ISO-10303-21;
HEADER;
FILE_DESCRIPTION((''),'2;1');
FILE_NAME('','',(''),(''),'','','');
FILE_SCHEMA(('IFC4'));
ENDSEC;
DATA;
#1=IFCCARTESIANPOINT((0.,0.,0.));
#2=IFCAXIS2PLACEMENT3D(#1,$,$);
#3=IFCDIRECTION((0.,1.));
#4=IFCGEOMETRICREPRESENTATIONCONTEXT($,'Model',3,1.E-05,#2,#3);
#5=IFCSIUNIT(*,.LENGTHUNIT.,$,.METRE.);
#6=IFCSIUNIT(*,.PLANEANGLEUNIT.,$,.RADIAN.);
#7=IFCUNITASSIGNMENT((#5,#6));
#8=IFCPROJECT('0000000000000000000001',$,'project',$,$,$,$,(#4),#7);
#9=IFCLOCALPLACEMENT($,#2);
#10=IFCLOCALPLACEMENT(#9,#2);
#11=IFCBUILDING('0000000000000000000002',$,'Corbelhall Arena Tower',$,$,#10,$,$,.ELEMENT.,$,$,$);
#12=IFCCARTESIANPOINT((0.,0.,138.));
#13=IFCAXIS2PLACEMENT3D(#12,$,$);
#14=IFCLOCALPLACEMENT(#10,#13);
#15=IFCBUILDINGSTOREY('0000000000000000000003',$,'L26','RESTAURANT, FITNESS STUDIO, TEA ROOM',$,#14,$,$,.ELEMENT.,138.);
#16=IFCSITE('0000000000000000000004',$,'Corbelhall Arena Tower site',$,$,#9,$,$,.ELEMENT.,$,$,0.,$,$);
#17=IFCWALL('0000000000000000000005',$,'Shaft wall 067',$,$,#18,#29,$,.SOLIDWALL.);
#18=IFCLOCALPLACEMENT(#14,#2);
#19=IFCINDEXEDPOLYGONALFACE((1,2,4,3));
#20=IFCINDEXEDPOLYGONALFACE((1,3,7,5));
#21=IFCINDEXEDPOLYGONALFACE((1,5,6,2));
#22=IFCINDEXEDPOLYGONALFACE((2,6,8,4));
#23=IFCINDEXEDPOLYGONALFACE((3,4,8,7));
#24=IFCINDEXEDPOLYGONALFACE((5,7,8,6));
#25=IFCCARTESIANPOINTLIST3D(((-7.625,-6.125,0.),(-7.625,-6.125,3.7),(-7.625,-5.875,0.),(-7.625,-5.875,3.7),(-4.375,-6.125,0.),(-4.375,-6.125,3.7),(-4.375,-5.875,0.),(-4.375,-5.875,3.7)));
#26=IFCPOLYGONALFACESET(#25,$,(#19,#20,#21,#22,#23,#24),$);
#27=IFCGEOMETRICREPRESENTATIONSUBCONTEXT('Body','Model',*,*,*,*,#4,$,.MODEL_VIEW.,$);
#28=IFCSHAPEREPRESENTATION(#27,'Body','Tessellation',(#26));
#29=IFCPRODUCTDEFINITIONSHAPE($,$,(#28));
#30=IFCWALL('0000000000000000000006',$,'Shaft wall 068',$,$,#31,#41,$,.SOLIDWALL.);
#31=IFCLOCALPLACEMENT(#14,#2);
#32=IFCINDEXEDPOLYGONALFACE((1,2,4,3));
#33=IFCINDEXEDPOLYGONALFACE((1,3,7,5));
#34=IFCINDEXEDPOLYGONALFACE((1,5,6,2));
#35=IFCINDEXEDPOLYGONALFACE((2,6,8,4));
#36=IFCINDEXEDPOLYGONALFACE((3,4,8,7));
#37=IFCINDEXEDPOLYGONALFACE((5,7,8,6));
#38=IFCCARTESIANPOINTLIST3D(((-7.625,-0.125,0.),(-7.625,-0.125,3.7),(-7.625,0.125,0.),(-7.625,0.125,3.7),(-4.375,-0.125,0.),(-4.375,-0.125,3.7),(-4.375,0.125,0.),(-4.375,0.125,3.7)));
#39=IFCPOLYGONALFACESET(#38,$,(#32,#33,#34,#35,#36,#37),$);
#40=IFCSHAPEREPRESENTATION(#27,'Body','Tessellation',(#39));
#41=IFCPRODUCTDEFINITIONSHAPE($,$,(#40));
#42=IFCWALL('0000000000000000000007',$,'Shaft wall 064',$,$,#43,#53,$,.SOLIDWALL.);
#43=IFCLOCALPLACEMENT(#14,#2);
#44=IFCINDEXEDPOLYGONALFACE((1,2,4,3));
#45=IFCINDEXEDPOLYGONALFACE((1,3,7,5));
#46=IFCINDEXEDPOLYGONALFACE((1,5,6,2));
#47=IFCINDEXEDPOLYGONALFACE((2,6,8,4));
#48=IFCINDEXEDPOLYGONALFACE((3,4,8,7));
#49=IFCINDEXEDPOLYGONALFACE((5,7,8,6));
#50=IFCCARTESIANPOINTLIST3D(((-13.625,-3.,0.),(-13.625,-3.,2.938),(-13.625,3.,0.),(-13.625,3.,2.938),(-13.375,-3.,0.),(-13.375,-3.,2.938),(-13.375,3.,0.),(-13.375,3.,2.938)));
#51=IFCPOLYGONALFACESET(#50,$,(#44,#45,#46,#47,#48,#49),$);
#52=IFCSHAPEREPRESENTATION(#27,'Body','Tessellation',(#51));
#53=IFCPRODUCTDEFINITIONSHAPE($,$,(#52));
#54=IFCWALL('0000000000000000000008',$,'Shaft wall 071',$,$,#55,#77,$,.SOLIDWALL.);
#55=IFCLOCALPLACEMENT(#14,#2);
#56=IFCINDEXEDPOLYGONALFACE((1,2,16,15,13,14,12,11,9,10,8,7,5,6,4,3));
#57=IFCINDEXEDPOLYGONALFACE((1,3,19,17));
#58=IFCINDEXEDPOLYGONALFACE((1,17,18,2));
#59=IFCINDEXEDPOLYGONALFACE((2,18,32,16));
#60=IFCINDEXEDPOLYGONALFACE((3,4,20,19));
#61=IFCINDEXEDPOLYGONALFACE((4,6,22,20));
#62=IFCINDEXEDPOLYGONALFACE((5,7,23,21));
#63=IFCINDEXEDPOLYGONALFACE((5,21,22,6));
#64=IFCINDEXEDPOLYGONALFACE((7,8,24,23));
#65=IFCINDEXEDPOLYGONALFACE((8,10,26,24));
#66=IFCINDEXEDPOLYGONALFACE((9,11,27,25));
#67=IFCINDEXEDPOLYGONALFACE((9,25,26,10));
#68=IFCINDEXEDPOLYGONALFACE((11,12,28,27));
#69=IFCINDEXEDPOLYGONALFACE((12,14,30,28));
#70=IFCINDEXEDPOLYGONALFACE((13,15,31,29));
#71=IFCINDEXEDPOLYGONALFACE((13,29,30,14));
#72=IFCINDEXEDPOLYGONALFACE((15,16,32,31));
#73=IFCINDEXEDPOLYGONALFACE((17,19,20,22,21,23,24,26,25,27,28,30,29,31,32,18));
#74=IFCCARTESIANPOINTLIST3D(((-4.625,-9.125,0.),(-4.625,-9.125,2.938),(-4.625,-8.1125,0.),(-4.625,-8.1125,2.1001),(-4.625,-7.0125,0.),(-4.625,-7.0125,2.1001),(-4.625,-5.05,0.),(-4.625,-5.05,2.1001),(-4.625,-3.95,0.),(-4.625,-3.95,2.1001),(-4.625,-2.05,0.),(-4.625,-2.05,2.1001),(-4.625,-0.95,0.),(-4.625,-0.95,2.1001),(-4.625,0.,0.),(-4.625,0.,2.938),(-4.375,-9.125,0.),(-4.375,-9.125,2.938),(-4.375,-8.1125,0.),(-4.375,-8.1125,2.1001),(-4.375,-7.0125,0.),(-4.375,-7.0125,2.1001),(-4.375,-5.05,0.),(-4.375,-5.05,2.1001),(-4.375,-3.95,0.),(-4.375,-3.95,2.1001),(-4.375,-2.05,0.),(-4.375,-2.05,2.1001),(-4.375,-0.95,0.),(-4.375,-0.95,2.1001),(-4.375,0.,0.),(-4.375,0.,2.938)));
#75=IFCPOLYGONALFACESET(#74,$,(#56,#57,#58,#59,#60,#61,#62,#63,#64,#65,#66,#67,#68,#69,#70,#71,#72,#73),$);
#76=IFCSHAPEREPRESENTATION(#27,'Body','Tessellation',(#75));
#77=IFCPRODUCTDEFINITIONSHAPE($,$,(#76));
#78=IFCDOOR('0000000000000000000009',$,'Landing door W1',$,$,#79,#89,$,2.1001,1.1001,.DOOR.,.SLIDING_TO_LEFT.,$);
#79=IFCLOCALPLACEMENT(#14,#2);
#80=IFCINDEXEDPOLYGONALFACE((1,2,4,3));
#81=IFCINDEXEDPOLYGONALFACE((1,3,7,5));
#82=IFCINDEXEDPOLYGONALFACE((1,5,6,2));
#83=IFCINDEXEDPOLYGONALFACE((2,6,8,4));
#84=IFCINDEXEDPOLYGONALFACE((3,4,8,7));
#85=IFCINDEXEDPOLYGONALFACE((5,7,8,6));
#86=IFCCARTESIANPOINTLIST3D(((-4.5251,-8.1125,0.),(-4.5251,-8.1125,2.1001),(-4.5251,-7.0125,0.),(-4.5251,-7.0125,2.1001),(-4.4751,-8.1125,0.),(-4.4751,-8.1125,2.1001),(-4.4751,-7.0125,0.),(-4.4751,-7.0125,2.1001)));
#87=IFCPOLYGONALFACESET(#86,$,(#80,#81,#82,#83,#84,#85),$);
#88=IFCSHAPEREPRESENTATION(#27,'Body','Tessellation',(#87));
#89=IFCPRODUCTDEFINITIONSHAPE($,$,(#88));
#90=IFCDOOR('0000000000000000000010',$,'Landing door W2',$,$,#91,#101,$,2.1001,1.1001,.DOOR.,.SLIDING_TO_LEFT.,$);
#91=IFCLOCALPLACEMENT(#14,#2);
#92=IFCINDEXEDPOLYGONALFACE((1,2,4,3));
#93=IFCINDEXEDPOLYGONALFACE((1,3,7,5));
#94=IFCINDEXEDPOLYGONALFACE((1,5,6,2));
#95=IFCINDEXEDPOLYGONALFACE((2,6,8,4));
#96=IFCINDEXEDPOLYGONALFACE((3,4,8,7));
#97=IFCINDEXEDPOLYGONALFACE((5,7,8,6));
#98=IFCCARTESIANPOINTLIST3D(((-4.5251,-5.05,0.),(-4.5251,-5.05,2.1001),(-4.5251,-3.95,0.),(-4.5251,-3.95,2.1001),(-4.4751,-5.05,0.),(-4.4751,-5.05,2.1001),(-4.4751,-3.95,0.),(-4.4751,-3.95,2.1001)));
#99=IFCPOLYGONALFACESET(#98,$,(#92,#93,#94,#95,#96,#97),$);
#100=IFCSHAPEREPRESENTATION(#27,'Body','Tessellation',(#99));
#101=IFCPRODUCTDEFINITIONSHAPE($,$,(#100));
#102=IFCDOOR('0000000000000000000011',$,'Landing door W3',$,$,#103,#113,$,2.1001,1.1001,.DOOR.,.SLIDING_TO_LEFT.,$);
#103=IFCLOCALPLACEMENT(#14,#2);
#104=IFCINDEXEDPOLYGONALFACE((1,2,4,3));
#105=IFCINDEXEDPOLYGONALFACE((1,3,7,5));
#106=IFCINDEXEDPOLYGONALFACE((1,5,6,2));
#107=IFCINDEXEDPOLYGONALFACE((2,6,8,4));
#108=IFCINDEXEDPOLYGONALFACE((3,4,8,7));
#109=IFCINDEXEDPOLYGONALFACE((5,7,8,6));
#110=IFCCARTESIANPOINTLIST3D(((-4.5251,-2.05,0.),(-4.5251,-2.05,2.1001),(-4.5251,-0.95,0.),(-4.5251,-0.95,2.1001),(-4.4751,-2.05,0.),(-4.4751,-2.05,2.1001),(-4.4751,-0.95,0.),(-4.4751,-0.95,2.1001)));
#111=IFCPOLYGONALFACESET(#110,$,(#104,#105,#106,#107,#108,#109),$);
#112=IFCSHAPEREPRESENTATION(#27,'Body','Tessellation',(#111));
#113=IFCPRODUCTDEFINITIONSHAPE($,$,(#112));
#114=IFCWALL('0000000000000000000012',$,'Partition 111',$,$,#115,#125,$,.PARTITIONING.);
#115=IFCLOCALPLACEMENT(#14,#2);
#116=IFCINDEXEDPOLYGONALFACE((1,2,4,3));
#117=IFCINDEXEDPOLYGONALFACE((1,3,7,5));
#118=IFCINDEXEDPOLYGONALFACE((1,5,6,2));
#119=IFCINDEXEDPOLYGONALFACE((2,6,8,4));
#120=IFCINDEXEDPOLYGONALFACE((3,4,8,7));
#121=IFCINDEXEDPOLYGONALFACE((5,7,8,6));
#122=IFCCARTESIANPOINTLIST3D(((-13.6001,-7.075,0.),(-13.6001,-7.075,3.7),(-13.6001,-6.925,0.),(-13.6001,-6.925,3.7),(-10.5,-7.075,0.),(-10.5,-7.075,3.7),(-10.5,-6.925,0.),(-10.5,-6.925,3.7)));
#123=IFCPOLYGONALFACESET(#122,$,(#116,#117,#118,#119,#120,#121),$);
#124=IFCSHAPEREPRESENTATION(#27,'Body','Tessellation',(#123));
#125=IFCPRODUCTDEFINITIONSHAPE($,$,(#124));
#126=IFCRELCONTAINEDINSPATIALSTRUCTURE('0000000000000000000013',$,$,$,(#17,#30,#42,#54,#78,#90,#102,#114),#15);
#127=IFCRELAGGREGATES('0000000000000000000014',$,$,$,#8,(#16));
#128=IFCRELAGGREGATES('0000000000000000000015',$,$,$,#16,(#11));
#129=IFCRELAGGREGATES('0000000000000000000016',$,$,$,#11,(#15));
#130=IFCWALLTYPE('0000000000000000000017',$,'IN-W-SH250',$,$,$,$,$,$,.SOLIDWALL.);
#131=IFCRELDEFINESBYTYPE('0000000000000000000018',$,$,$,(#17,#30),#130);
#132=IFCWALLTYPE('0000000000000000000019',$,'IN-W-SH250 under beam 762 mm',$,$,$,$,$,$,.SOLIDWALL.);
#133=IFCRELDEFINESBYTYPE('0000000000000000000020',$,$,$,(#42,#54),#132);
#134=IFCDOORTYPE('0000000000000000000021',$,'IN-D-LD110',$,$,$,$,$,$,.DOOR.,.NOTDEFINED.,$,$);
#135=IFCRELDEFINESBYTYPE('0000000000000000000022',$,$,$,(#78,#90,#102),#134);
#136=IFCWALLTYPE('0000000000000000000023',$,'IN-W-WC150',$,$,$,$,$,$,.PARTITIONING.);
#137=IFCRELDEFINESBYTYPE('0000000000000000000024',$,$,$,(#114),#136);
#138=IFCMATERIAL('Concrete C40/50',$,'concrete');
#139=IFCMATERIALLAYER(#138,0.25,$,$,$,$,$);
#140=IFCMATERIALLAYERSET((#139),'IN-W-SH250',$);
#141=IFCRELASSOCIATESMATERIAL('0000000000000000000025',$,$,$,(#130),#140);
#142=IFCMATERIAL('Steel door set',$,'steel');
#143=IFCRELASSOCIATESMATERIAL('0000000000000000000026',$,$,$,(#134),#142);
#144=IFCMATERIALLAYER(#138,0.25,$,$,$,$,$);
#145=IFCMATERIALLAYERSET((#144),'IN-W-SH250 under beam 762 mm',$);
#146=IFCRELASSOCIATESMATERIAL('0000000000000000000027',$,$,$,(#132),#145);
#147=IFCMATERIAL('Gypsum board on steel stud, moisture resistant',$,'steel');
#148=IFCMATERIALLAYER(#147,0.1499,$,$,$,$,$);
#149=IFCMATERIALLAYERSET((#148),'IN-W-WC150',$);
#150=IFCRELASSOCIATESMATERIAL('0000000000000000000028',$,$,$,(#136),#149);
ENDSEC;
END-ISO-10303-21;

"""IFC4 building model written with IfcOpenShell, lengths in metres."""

from ifc_helpers import new_model, si_unit, direction, frame, frame_2d, origin, place, context, subcontext, project, spatial, rectangle, extrude, material, layer, layer_set, type_object, element, fill, save


model = new_model("IFC4")

# Units and contexts
model_context = context("Model", 3, precision=1e-05, world=origin(), true_north=direction((0.0, 1.0)))
body_context = subcontext(model_context, "Body", "Model", "MODEL_VIEW")
ifc_project = project(units=[si_unit("LENGTHUNIT", "METRE"), si_unit("PLANEANGLEUNIT", "RADIAN")], contexts=[model_context])

# Site, building, storey
site_placement = place(None, origin())
site = spatial("IfcSite", under=ifc_project, at=site_placement, Name="Corbelhall Arena Tower site", CompositionType="ELEMENT", RefElevation=0.0)
building_placement = place(site_placement, origin())
building = spatial("IfcBuilding", under=site, at=building_placement, Name="Corbelhall Arena Tower", CompositionType="ELEMENT")
storey_placement = place(building_placement, frame((0.0, 0.0, 138.0)))
storey = spatial("IfcBuildingStorey", under=building, at=storey_placement, Name="L26", Description="RESTAURANT, FITNESS STUDIO, TEA ROOM", CompositionType="ELEMENT", Elevation=138.0)

# Shared definitions
ifc_material_1 = material(Name="Concrete C40/50", Category="concrete")
ifc_layer_1 = layer(ifc_material_1, 0.25)
ifc_layer_set_1 = layer_set([ifc_layer_1], Name="IN-W-SH250")
wall_type_1 = type_object("IfcWallType", Name="IN-W-SH250", PredefinedType="SOLIDWALL", material=ifc_layer_set_1)

# Shared definitions
ifc_material_2 = material(Name="Steel door set", Category="steel")

# Shared definitions
door_type_1 = type_object("IfcDoorType", Name="IN-D-LD110", OperationType="NOTDEFINED", PredefinedType="DOOR", material=ifc_material_2)

# Walls
for number, where, z_axis, x_axis, name in (
    (1, (-7.625, -6.0, 0.0), (0.0, 0.0, 1.0), (1.0, 0.0, 0.0), "Shaft wall 067"),
    (2, (-7.625, 0.0, 0.0), (0.0, 0.0, 1.0), (1.0, 0.0, 0.0), "Shaft wall 068"),
):
    element("IfcWall", number, at=place(storey_placement, frame(where, z_axis=z_axis, x_axis=x_axis)), inside=storey, type_object=wall_type_1, Name=name, PredefinedType="SOLIDWALL", context=body_context, shape_type="SweptSolid", body=[
        extrude(rectangle(XDim=3.25, YDim=0.25, at=frame_2d((1.625, 0.0))), origin(), (0.0, 0.0, 1.0), 3.7),
    ])
ifc_layer_2 = layer(ifc_material_1, 0.25)
ifc_layer_set_2 = layer_set([ifc_layer_2], Name="IN-W-SH250 under beam 762 mm")
wall_type_2 = type_object("IfcWallType", Name="IN-W-SH250 under beam 762 mm", PredefinedType="SOLIDWALL", material=ifc_layer_set_2)
wall_1_placement = place(storey_placement, frame((-13.5, -3.0, 0.0), z_axis=(0.0, 0.0, 1.0), x_axis=(0.0, 1.0, 0.0)))
element("IfcWall", 3, at=wall_1_placement, inside=storey, type_object=wall_type_2, Name="Shaft wall 064", PredefinedType="SOLIDWALL", context=body_context, shape_type="SweptSolid", body=[
    extrude(rectangle(XDim=6.0, YDim=0.25, at=frame_2d((3.0, 0.0))), origin(), (0.0, 0.0, 1.0), 2.938),
])

# Wall, openings, doors
wall_2_placement = place(storey_placement, frame((-4.5, 0.0, 0.0), z_axis=(0.0, 0.0, 1.0), x_axis=(0.0, -1.0, 0.0)))
wall_2 = element("IfcWall", 4, at=wall_2_placement, inside=storey, type_object=wall_type_2, Name="Shaft wall 071", PredefinedType="SOLIDWALL", context=body_context, shape_type="SweptSolid", body=[
    extrude(rectangle(XDim=9.125, YDim=0.25, at=frame_2d((4.5625, 0.0))), origin(), (0.0, 0.0, 1.0), 2.938),
])
opening_1_placement = place(wall_2_placement, frame((7.0125, 0.0, 0.0)))
opening_1 = element("IfcOpeningElement", 5, at=opening_1_placement, cuts=wall_2, PredefinedType="OPENING", context=body_context, shape_type="SweptSolid", body=[
    extrude(rectangle(XDim=1.1001, YDim=2.1001, at=frame_2d((0.55, 1.05))), frame((0.0, 0.125, 0.0), z_axis=(0.0, -1.0, 0.0), x_axis=(1.0, 0.0, 0.0)), (0.0, 0.0, 1.0), 0.25),
])
opening_2_placement = place(wall_2_placement, frame((3.95, 0.0, 0.0)))
opening_2 = element("IfcOpeningElement", 6, at=opening_2_placement, cuts=wall_2, PredefinedType="OPENING", context=body_context, shape_type="SweptSolid", body=[
    extrude(rectangle(XDim=1.1001, YDim=2.1001, at=frame_2d((0.55, 1.05))), frame((0.0, 0.125, 0.0), z_axis=(0.0, -1.0, 0.0), x_axis=(1.0, 0.0, 0.0)), (0.0, 0.0, 1.0), 0.25),
])
opening_3_placement = place(wall_2_placement, frame((0.95, 0.0, 0.0)))
opening_3 = element("IfcOpeningElement", 7, at=opening_3_placement, cuts=wall_2, PredefinedType="OPENING", context=body_context, shape_type="SweptSolid", body=[
    extrude(rectangle(XDim=1.1001, YDim=2.1001, at=frame_2d((0.55, 1.05))), frame((0.0, 0.125, 0.0), z_axis=(0.0, -1.0, 0.0), x_axis=(1.0, 0.0, 0.0)), (0.0, 0.0, 1.0), 0.25),
])
door_1_placement = place(opening_1_placement, origin())
door_1 = element("IfcDoor", 8, at=door_1_placement, inside=storey, type_object=door_type_1, Name="Landing door W1", OperationType="SLIDING_TO_LEFT", OverallHeight=2.1001, OverallWidth=1.1001, PredefinedType="DOOR", context=body_context, shape_type="SweptSolid", body=[
    extrude(rectangle(XDim=1.1001, YDim=2.1001, at=frame_2d((0.55, 1.05))), frame((0.0, 0.0249, 0.0), z_axis=(0.0, -1.0, 0.0), x_axis=(1.0, 0.0, 0.0)), (0.0, 0.0, 1.0), 0.05),
])
fill(opening_1, door_1)
door_2_placement = place(opening_2_placement, origin())
door_2 = element("IfcDoor", 9, at=door_2_placement, inside=storey, type_object=door_type_1, Name="Landing door W2", OperationType="SLIDING_TO_LEFT", OverallHeight=2.1001, OverallWidth=1.1001, PredefinedType="DOOR", context=body_context, shape_type="SweptSolid", body=[
    extrude(rectangle(XDim=1.1001, YDim=2.1001, at=frame_2d((0.55, 1.05))), frame((0.0, 0.0249, 0.0), z_axis=(0.0, -1.0, 0.0), x_axis=(1.0, 0.0, 0.0)), (0.0, 0.0, 1.0), 0.05),
])
fill(opening_2, door_2)
door_3_placement = place(opening_3_placement, origin())
door_3 = element("IfcDoor", 10, at=door_3_placement, inside=storey, type_object=door_type_1, Name="Landing door W3", OperationType="SLIDING_TO_LEFT", OverallHeight=2.1001, OverallWidth=1.1001, PredefinedType="DOOR", context=body_context, shape_type="SweptSolid", body=[
    extrude(rectangle(XDim=1.1001, YDim=2.1001, at=frame_2d((0.55, 1.05))), frame((0.0, 0.0249, 0.0), z_axis=(0.0, -1.0, 0.0), x_axis=(1.0, 0.0, 0.0)), (0.0, 0.0, 1.0), 0.05),
])
fill(opening_3, door_3)

# Wall
ifc_material_3 = material(Name="Gypsum board on steel stud, moisture resistant", Category="steel")
ifc_layer_3 = layer(ifc_material_3, 0.1499)
ifc_layer_set_3 = layer_set([ifc_layer_3], Name="IN-W-WC150")
wall_type_3 = type_object("IfcWallType", Name="IN-W-WC150", PredefinedType="PARTITIONING", material=ifc_layer_set_3)
wall_3_placement = place(storey_placement, frame((-13.6001, -7.0, 0.0), z_axis=(0.0, 0.0, 1.0), x_axis=(1.0, 0.0, 0.0)))
element("IfcWall", 11, at=wall_3_placement, inside=storey, type_object=wall_type_3, Name="Partition 111", PredefinedType="PARTITIONING", context=body_context, shape_type="SweptSolid", body=[
    extrude(rectangle(XDim=3.1001, YDim=0.1499, at=frame_2d((1.55, 0.0))), origin(), (0.0, 0.0, 1.0), 3.7),
])

save(model, "model.ifc")
